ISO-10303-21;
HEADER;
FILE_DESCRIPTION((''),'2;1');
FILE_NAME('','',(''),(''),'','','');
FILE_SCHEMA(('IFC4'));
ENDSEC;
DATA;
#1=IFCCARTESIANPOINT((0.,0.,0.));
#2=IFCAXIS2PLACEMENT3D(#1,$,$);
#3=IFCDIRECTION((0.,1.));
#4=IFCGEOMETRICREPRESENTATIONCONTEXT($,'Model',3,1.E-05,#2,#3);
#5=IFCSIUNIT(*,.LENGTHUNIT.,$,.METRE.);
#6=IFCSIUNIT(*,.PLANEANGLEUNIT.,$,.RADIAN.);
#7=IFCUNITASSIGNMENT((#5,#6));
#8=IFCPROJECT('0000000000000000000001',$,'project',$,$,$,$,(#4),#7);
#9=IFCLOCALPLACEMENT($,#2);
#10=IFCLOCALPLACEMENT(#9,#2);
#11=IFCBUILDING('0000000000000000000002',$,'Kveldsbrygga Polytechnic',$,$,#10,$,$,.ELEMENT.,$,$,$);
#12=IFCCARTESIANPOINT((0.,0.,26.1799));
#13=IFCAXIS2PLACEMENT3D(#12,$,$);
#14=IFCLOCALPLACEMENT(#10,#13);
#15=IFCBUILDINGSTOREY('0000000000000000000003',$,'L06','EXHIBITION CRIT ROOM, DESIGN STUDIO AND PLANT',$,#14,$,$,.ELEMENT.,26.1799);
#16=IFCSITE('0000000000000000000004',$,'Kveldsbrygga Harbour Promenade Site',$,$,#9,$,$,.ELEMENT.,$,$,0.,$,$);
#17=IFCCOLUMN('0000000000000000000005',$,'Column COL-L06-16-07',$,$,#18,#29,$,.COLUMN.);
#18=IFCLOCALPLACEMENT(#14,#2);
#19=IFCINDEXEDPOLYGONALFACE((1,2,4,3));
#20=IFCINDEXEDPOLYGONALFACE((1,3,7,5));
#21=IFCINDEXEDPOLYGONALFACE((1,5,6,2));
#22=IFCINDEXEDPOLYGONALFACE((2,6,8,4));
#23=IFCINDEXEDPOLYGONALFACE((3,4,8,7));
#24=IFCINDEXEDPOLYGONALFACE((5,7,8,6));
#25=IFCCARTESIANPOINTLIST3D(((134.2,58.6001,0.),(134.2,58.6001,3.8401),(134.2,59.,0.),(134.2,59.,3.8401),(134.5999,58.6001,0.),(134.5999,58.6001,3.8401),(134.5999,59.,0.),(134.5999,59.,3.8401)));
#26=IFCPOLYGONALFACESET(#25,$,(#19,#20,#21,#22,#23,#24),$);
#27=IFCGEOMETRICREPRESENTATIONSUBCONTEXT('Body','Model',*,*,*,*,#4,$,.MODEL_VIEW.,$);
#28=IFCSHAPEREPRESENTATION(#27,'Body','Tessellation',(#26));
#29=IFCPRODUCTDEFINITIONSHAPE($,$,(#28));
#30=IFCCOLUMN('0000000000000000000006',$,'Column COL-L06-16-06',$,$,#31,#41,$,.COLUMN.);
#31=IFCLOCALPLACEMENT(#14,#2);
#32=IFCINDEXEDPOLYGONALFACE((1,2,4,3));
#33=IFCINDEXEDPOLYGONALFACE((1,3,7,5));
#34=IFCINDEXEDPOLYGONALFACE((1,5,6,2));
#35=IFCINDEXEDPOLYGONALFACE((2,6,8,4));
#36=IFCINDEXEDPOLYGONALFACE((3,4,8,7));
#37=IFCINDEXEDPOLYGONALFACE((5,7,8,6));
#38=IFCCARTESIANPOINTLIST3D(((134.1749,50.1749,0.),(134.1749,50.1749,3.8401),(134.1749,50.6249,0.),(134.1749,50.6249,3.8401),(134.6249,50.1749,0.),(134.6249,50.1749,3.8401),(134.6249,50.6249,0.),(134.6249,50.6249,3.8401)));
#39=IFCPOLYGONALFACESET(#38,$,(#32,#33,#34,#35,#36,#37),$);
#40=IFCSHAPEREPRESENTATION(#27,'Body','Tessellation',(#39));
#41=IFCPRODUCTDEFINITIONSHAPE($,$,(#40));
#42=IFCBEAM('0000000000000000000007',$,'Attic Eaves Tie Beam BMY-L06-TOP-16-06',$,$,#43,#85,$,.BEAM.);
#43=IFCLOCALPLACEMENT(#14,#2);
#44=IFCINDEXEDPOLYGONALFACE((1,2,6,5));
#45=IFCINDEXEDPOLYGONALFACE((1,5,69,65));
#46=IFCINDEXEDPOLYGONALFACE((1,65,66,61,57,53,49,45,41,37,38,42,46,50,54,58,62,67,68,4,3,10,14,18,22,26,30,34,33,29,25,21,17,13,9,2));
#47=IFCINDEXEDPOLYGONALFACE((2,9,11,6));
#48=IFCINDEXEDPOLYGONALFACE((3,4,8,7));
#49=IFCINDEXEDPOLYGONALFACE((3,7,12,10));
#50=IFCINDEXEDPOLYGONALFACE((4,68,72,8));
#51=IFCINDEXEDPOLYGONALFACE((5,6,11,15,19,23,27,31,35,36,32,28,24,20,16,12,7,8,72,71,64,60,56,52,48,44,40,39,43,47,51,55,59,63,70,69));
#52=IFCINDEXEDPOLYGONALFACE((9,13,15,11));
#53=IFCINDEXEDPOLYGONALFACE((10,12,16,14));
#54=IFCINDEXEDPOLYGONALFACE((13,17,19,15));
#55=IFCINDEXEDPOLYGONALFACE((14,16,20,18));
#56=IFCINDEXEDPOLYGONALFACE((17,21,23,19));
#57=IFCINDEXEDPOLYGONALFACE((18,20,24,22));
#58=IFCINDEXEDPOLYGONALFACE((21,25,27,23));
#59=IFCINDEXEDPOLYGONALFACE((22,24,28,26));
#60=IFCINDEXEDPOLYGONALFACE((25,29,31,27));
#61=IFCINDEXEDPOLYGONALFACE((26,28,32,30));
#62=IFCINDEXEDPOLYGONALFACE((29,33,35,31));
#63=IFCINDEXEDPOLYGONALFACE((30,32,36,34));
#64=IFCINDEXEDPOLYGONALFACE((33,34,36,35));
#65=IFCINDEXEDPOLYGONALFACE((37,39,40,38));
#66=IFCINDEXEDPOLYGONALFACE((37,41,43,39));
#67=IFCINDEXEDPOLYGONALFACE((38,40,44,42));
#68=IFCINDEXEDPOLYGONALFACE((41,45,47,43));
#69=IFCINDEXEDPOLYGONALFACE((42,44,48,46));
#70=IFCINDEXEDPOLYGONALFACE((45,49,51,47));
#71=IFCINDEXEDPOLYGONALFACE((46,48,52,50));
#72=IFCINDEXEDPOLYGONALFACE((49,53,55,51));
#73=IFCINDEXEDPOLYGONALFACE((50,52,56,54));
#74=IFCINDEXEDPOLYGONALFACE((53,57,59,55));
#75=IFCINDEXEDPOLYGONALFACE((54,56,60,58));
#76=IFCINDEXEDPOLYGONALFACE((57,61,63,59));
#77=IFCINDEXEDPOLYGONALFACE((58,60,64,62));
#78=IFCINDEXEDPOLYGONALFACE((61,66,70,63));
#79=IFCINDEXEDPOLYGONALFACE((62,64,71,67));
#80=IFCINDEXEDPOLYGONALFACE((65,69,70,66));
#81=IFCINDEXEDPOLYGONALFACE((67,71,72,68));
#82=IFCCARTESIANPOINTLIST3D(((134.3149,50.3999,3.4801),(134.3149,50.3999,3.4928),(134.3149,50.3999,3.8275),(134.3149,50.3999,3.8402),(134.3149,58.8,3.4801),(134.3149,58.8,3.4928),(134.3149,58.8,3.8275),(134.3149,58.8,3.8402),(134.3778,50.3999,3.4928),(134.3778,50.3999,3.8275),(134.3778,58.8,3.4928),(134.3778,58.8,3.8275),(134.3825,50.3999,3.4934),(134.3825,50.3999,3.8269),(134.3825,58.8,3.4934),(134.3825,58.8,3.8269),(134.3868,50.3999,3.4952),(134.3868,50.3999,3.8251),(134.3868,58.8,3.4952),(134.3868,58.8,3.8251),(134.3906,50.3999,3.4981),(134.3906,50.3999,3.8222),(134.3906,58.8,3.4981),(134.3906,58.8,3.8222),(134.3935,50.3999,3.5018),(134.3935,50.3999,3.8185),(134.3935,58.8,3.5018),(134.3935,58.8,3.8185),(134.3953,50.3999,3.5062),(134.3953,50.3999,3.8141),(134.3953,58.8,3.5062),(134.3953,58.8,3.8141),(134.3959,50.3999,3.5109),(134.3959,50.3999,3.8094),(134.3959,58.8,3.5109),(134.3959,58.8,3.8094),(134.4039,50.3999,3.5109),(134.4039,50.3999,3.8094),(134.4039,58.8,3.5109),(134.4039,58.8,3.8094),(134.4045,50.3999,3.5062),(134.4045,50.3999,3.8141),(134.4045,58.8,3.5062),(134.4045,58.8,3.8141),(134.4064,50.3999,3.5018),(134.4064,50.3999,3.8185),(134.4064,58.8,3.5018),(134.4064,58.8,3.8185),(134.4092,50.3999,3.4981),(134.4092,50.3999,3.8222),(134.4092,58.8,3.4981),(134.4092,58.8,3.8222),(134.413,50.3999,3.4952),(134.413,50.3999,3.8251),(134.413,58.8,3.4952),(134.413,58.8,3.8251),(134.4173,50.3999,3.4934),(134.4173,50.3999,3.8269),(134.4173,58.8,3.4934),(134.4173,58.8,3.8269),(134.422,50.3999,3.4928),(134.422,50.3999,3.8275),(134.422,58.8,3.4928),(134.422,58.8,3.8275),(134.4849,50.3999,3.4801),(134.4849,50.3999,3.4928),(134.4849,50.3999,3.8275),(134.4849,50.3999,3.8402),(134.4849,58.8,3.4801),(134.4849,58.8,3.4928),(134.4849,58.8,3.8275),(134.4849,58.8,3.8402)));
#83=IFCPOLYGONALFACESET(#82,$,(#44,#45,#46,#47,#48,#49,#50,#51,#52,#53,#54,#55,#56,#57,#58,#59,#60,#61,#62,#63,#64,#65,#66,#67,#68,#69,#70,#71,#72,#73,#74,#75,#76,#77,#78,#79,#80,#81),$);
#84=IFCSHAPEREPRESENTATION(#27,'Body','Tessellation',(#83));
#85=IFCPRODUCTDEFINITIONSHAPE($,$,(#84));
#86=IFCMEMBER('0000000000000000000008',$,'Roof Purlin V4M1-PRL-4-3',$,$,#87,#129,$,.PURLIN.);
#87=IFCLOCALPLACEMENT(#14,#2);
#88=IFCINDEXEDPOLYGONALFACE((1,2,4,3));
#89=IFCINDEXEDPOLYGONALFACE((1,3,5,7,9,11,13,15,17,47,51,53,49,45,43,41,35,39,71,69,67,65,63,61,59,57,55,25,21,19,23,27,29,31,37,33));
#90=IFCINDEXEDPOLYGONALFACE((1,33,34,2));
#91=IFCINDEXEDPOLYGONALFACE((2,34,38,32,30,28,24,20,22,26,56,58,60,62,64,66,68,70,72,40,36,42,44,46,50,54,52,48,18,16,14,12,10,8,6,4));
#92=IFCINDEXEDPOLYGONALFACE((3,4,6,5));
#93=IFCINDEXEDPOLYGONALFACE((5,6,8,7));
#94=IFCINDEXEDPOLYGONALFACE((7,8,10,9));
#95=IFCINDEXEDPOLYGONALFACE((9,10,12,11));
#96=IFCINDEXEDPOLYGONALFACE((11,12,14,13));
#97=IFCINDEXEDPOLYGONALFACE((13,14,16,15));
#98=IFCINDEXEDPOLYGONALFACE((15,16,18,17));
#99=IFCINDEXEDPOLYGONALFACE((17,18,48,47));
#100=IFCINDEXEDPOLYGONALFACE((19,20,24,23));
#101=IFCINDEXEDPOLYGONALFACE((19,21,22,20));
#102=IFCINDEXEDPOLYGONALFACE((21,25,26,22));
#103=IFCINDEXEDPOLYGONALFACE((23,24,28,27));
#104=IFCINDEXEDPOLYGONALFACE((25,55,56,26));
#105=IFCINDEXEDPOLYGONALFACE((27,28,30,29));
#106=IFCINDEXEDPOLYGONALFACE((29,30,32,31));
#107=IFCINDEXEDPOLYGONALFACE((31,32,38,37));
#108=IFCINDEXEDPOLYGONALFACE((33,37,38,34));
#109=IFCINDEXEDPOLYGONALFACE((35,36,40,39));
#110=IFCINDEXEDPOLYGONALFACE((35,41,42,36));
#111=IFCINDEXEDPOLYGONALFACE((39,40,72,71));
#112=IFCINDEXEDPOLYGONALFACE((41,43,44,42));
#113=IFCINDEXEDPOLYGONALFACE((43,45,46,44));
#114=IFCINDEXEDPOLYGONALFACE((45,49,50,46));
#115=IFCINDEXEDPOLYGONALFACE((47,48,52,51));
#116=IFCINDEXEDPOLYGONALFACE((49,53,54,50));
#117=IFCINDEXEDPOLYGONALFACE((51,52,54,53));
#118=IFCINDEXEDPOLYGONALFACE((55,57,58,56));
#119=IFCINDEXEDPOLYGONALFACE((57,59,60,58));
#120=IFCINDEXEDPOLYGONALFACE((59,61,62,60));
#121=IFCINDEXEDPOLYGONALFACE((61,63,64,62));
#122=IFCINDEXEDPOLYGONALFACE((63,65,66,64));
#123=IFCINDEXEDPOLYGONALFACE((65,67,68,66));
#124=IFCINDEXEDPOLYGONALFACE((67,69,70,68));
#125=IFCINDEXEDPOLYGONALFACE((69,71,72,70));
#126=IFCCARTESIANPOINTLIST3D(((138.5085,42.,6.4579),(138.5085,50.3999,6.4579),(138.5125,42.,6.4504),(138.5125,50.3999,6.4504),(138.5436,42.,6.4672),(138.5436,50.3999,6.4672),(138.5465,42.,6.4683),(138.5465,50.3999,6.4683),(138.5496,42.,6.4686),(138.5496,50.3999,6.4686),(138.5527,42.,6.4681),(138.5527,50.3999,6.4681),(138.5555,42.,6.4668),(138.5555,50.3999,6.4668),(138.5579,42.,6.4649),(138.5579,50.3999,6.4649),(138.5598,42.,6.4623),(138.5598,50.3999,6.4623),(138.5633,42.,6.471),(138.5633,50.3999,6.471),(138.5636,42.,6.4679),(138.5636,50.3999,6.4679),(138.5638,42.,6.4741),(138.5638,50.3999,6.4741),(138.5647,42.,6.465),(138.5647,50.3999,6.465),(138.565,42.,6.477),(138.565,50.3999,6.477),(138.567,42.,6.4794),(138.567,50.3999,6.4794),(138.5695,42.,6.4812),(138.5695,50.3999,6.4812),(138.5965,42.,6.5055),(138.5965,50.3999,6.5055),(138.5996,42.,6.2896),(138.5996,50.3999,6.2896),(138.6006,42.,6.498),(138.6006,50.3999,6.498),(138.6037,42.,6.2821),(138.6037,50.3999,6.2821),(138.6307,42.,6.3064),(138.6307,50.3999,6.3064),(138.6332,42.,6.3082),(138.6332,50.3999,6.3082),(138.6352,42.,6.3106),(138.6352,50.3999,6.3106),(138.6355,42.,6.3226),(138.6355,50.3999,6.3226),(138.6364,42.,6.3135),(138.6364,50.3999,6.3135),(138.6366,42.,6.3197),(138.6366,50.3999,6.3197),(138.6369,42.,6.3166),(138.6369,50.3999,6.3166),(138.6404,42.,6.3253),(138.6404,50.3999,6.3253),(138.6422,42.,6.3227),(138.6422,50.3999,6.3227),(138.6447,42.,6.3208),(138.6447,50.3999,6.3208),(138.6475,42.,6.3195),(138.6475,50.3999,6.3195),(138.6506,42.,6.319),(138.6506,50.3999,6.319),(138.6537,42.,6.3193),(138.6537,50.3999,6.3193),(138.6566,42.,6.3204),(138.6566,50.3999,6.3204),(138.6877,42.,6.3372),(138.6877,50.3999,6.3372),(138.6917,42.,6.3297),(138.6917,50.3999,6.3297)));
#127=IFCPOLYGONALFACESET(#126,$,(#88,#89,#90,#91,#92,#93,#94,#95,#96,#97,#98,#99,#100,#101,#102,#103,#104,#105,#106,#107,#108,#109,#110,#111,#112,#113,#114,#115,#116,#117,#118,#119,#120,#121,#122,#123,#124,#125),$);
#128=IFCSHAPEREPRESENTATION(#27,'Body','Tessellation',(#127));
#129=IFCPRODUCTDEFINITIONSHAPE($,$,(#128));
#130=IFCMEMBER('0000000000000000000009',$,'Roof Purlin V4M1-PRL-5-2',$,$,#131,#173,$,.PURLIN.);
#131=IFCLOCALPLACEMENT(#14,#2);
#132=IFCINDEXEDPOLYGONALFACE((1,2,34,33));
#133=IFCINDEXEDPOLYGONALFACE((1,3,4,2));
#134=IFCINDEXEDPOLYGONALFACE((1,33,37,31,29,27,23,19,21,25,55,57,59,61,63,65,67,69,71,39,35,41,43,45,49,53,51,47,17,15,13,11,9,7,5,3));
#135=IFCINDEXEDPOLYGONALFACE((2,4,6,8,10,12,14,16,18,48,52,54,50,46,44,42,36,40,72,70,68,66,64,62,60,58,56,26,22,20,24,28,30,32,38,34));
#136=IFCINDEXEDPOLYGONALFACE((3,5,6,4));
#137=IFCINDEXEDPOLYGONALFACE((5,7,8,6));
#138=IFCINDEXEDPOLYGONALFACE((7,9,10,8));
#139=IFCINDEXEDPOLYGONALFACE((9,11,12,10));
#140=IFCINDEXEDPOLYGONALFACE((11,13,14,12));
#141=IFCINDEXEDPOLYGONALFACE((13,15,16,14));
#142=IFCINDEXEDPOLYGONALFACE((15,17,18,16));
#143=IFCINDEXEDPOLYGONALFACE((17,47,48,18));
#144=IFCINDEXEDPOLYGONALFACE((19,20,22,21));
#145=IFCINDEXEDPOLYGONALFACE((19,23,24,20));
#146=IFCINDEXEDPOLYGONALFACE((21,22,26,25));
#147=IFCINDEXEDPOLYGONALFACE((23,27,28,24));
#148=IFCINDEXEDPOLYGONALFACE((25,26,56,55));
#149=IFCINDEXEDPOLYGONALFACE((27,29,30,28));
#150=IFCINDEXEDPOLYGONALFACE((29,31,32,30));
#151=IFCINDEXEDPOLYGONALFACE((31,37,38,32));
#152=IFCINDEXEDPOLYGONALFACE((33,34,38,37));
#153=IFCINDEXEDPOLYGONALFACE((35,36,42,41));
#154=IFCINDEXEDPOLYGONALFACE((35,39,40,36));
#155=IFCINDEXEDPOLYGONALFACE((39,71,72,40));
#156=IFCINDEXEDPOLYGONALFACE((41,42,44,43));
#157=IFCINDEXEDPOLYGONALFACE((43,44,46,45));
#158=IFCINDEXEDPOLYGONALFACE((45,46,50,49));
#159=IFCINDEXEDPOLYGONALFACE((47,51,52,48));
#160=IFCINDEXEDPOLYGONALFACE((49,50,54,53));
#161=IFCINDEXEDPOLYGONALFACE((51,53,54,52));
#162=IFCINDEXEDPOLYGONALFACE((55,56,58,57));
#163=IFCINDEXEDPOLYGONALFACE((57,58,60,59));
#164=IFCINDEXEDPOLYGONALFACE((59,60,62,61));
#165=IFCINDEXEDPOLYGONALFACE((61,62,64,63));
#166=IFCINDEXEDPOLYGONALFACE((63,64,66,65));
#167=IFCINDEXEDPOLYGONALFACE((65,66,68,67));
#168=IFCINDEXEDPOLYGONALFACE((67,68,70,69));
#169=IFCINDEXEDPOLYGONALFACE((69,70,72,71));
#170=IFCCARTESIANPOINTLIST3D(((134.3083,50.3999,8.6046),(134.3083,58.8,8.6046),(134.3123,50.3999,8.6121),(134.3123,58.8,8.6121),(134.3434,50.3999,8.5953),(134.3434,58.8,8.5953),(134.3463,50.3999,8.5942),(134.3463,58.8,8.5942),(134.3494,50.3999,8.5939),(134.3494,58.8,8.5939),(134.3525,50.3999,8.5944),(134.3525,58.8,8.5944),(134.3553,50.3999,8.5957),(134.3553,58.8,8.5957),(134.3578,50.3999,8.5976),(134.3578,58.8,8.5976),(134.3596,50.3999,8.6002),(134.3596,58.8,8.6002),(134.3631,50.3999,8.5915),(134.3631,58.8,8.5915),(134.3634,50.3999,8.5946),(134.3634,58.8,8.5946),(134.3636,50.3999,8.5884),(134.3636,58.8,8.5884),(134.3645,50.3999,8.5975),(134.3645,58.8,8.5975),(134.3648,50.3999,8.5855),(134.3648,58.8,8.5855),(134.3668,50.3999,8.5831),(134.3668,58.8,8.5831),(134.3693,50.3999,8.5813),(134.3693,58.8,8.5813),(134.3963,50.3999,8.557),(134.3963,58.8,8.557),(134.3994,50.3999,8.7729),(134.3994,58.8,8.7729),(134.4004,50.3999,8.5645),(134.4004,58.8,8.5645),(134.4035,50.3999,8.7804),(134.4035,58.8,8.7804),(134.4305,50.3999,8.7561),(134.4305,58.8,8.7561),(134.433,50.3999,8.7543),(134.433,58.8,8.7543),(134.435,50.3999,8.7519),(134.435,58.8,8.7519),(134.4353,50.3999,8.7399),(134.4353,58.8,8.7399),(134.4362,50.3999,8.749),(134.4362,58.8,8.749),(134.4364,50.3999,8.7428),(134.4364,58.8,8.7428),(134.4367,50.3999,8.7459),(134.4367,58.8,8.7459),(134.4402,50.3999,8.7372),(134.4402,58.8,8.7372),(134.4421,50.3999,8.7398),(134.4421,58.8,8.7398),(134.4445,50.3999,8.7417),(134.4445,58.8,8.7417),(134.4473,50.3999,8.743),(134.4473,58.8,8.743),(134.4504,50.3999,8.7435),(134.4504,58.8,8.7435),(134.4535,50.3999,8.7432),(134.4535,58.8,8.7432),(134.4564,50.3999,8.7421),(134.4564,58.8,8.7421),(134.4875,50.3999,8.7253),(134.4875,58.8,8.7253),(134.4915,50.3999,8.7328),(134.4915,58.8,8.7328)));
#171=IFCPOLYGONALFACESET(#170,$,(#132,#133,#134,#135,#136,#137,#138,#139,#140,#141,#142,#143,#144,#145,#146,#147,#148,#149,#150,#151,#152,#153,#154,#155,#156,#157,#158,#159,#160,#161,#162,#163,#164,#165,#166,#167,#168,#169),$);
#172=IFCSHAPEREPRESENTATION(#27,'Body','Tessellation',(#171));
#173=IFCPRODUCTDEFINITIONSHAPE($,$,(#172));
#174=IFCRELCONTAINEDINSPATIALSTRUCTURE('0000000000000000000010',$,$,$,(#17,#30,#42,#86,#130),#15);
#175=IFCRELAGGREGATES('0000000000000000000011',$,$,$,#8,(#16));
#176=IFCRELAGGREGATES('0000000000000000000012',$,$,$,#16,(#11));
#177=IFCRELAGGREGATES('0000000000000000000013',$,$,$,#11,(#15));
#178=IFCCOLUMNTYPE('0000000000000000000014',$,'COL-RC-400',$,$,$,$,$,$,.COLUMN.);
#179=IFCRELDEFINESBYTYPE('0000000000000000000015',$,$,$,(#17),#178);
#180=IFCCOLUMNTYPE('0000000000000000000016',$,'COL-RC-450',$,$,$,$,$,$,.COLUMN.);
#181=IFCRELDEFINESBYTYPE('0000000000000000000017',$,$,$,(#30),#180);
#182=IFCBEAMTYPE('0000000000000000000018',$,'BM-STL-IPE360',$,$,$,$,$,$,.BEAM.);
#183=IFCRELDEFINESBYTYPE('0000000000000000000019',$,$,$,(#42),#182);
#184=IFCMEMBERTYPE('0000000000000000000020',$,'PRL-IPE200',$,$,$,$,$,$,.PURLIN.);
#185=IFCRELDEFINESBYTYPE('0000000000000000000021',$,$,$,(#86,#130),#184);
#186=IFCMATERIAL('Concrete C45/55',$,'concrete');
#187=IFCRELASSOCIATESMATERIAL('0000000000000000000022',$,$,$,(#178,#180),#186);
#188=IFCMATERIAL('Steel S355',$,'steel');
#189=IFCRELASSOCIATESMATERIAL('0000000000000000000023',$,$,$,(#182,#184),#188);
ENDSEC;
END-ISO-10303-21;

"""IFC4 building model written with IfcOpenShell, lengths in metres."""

from ifc_helpers import new_model, si_unit, direction, frame, origin, origin_2d, place, context, subcontext, project, spatial, rectangle, i_section, extrude, material, material_profile, profile_set, type_object, element, save


model = new_model("IFC4")

# Units and contexts
model_context = context("Model", 3, precision=1e-05, world=origin(), true_north=direction((0.0, 1.0)))
body_context = subcontext(model_context, "Body", "Model", "MODEL_VIEW")
ifc_project = project(units=[si_unit("LENGTHUNIT", "METRE"), si_unit("PLANEANGLEUNIT", "RADIAN")], contexts=[model_context])

# Site, building, storey
site_placement = place(None, origin())
site = spatial("IfcSite", under=ifc_project, at=site_placement, Name="Kveldsbrygga Harbour Promenade Site", CompositionType="ELEMENT", RefElevation=0.0)
building_placement = place(site_placement, origin())
building = spatial("IfcBuilding", under=site, at=building_placement, Name="Kveldsbrygga Polytechnic", CompositionType="ELEMENT")
storey_placement = place(building_placement, frame((0.0, 0.0, 26.1799)))
storey = spatial("IfcBuildingStorey", under=building, at=storey_placement, Name="L06", Description="EXHIBITION CRIT ROOM, DESIGN STUDIO AND PLANT", CompositionType="ELEMENT", Elevation=26.1799)

# Columns
ifc_material_1 = material(Name="Concrete C45/55", Category="concrete")
ifc_material_profile_1 = material_profile(ifc_material_1, rectangle(XDim=0.3999, YDim=0.3999, at=origin_2d()), Name="RC 400x400")
ifc_profile_set_1 = profile_set([ifc_material_profile_1], Name="Concrete C45/55")
column_type_1 = type_object("IfcColumnType", Name="COL-RC-400", PredefinedType="COLUMN", material=ifc_profile_set_1)
column_1_placement = place(storey_placement, frame((134.3999, 58.8, 0.0), z_axis=(0.0, 0.0, 1.0), x_axis=(1.0, 0.0, 0.0)))
element("IfcColumn", 1, at=column_1_placement, inside=storey, type_object=column_type_1, Name="Column COL-L06-16-07", PredefinedType="COLUMN", context=body_context, shape_type="SweptSolid", body=[
    extrude(rectangle(XDim=0.3999, YDim=0.3999, at=origin_2d()), origin(), (0.0, 0.0, 1.0), 3.8401),
])
ifc_material_profile_2 = material_profile(ifc_material_1, rectangle(XDim=0.45, YDim=0.45, at=origin_2d()), Name="RC 450x450")
ifc_profile_set_2 = profile_set([ifc_material_profile_2], Name="Concrete C45/55")
column_type_2 = type_object("IfcColumnType", Name="COL-RC-450", PredefinedType="COLUMN", material=ifc_profile_set_2)
column_2_placement = place(storey_placement, frame((134.3999, 50.3999, 0.0), z_axis=(0.0, 0.0, 1.0), x_axis=(1.0, 0.0, 0.0)))
element("IfcColumn", 2, at=column_2_placement, inside=storey, type_object=column_type_2, Name="Column COL-L06-16-06", PredefinedType="COLUMN", context=body_context, shape_type="SweptSolid", body=[
    extrude(rectangle(XDim=0.45, YDim=0.45, at=origin_2d()), origin(), (0.0, 0.0, 1.0), 3.8401),
])

# Beam
ifc_material_2 = material(Name="Steel S355", Category="steel")
ifc_material_profile_3 = material_profile(ifc_material_2, i_section(OverallWidth=0.1699, OverallDepth=0.3601, WebThickness=0.0081, FlangeThickness=0.0127, FilletRadius=0.0181, at=origin_2d()), Name="IPE 360")
ifc_profile_set_3 = profile_set([ifc_material_profile_3], Name="Steel S355")
beam_type = type_object("IfcBeamType", Name="BM-STL-IPE360", PredefinedType="BEAM", material=ifc_profile_set_3)
beam_placement = place(storey_placement, frame((134.3999, 50.3999, 3.6602), z_axis=(0.0, 1.0, 0.0), x_axis=(-1.0, 0.0, 0.0)))
element("IfcBeam", 3, at=beam_placement, inside=storey, type_object=beam_type, Name="Attic Eaves Tie Beam BMY-L06-TOP-16-06", PredefinedType="BEAM", context=body_context, shape_type="SweptSolid", body=[
    extrude(i_section(OverallWidth=0.1699, OverallDepth=0.3601, WebThickness=0.0081, FlangeThickness=0.0127, FilletRadius=0.0181, at=origin_2d()), origin(), (0.0, 0.0, 1.0), 8.4001),
])

# Members
ifc_material_profile_4 = material_profile(ifc_material_2, i_section(OverallWidth=0.1001, OverallDepth=0.2, WebThickness=0.0056, FlangeThickness=0.0085, FilletRadius=0.012, at=origin_2d()), Name="IPE 200")
ifc_profile_set_4 = profile_set([ifc_material_profile_4], Name="Steel S355")
member_type_1 = type_object("IfcMemberType", Name="PRL-IPE200", PredefinedType="PURLIN", material=ifc_profile_set_4)
member_1_placement = place(storey_placement, frame((138.6001, 42.0, 6.3938), z_axis=(0.0, 1.0, 0.0), x_axis=(-0.879292, 0.0, -0.476283)))
element("IfcMember", 4, at=member_1_placement, inside=storey, type_object=member_type_1, Name="Roof Purlin V4M1-PRL-4-3", PredefinedType="PURLIN", context=body_context, shape_type="SweptSolid", body=[
    extrude(i_section(OverallWidth=0.1001, OverallDepth=0.2, WebThickness=0.0056, FlangeThickness=0.0085, FilletRadius=0.012, at=origin_2d()), origin(), (0.0, 0.0, 1.0), 8.3999),
])
for number, where, z_axis, x_axis, name in (
    (5, (134.3999, 50.3999, 8.6687), (0.0, 1.0, 0.0), (-0.879292, 0.0, 0.476283), "Roof Purlin V4M1-PRL-5-2"),
):
    element("IfcMember", number, at=place(storey_placement, frame(where, z_axis=z_axis, x_axis=x_axis)), inside=storey, type_object=member_type_1, Name=name, PredefinedType="PURLIN", context=body_context, shape_type="SweptSolid", body=[
        extrude(i_section(OverallWidth=0.1001, OverallDepth=0.2, WebThickness=0.0056, FlangeThickness=0.0085, FilletRadius=0.012, at=origin_2d()), origin(), (0.0, 0.0, 1.0), 8.4001),
    ])

save(model, "model.ifc")
